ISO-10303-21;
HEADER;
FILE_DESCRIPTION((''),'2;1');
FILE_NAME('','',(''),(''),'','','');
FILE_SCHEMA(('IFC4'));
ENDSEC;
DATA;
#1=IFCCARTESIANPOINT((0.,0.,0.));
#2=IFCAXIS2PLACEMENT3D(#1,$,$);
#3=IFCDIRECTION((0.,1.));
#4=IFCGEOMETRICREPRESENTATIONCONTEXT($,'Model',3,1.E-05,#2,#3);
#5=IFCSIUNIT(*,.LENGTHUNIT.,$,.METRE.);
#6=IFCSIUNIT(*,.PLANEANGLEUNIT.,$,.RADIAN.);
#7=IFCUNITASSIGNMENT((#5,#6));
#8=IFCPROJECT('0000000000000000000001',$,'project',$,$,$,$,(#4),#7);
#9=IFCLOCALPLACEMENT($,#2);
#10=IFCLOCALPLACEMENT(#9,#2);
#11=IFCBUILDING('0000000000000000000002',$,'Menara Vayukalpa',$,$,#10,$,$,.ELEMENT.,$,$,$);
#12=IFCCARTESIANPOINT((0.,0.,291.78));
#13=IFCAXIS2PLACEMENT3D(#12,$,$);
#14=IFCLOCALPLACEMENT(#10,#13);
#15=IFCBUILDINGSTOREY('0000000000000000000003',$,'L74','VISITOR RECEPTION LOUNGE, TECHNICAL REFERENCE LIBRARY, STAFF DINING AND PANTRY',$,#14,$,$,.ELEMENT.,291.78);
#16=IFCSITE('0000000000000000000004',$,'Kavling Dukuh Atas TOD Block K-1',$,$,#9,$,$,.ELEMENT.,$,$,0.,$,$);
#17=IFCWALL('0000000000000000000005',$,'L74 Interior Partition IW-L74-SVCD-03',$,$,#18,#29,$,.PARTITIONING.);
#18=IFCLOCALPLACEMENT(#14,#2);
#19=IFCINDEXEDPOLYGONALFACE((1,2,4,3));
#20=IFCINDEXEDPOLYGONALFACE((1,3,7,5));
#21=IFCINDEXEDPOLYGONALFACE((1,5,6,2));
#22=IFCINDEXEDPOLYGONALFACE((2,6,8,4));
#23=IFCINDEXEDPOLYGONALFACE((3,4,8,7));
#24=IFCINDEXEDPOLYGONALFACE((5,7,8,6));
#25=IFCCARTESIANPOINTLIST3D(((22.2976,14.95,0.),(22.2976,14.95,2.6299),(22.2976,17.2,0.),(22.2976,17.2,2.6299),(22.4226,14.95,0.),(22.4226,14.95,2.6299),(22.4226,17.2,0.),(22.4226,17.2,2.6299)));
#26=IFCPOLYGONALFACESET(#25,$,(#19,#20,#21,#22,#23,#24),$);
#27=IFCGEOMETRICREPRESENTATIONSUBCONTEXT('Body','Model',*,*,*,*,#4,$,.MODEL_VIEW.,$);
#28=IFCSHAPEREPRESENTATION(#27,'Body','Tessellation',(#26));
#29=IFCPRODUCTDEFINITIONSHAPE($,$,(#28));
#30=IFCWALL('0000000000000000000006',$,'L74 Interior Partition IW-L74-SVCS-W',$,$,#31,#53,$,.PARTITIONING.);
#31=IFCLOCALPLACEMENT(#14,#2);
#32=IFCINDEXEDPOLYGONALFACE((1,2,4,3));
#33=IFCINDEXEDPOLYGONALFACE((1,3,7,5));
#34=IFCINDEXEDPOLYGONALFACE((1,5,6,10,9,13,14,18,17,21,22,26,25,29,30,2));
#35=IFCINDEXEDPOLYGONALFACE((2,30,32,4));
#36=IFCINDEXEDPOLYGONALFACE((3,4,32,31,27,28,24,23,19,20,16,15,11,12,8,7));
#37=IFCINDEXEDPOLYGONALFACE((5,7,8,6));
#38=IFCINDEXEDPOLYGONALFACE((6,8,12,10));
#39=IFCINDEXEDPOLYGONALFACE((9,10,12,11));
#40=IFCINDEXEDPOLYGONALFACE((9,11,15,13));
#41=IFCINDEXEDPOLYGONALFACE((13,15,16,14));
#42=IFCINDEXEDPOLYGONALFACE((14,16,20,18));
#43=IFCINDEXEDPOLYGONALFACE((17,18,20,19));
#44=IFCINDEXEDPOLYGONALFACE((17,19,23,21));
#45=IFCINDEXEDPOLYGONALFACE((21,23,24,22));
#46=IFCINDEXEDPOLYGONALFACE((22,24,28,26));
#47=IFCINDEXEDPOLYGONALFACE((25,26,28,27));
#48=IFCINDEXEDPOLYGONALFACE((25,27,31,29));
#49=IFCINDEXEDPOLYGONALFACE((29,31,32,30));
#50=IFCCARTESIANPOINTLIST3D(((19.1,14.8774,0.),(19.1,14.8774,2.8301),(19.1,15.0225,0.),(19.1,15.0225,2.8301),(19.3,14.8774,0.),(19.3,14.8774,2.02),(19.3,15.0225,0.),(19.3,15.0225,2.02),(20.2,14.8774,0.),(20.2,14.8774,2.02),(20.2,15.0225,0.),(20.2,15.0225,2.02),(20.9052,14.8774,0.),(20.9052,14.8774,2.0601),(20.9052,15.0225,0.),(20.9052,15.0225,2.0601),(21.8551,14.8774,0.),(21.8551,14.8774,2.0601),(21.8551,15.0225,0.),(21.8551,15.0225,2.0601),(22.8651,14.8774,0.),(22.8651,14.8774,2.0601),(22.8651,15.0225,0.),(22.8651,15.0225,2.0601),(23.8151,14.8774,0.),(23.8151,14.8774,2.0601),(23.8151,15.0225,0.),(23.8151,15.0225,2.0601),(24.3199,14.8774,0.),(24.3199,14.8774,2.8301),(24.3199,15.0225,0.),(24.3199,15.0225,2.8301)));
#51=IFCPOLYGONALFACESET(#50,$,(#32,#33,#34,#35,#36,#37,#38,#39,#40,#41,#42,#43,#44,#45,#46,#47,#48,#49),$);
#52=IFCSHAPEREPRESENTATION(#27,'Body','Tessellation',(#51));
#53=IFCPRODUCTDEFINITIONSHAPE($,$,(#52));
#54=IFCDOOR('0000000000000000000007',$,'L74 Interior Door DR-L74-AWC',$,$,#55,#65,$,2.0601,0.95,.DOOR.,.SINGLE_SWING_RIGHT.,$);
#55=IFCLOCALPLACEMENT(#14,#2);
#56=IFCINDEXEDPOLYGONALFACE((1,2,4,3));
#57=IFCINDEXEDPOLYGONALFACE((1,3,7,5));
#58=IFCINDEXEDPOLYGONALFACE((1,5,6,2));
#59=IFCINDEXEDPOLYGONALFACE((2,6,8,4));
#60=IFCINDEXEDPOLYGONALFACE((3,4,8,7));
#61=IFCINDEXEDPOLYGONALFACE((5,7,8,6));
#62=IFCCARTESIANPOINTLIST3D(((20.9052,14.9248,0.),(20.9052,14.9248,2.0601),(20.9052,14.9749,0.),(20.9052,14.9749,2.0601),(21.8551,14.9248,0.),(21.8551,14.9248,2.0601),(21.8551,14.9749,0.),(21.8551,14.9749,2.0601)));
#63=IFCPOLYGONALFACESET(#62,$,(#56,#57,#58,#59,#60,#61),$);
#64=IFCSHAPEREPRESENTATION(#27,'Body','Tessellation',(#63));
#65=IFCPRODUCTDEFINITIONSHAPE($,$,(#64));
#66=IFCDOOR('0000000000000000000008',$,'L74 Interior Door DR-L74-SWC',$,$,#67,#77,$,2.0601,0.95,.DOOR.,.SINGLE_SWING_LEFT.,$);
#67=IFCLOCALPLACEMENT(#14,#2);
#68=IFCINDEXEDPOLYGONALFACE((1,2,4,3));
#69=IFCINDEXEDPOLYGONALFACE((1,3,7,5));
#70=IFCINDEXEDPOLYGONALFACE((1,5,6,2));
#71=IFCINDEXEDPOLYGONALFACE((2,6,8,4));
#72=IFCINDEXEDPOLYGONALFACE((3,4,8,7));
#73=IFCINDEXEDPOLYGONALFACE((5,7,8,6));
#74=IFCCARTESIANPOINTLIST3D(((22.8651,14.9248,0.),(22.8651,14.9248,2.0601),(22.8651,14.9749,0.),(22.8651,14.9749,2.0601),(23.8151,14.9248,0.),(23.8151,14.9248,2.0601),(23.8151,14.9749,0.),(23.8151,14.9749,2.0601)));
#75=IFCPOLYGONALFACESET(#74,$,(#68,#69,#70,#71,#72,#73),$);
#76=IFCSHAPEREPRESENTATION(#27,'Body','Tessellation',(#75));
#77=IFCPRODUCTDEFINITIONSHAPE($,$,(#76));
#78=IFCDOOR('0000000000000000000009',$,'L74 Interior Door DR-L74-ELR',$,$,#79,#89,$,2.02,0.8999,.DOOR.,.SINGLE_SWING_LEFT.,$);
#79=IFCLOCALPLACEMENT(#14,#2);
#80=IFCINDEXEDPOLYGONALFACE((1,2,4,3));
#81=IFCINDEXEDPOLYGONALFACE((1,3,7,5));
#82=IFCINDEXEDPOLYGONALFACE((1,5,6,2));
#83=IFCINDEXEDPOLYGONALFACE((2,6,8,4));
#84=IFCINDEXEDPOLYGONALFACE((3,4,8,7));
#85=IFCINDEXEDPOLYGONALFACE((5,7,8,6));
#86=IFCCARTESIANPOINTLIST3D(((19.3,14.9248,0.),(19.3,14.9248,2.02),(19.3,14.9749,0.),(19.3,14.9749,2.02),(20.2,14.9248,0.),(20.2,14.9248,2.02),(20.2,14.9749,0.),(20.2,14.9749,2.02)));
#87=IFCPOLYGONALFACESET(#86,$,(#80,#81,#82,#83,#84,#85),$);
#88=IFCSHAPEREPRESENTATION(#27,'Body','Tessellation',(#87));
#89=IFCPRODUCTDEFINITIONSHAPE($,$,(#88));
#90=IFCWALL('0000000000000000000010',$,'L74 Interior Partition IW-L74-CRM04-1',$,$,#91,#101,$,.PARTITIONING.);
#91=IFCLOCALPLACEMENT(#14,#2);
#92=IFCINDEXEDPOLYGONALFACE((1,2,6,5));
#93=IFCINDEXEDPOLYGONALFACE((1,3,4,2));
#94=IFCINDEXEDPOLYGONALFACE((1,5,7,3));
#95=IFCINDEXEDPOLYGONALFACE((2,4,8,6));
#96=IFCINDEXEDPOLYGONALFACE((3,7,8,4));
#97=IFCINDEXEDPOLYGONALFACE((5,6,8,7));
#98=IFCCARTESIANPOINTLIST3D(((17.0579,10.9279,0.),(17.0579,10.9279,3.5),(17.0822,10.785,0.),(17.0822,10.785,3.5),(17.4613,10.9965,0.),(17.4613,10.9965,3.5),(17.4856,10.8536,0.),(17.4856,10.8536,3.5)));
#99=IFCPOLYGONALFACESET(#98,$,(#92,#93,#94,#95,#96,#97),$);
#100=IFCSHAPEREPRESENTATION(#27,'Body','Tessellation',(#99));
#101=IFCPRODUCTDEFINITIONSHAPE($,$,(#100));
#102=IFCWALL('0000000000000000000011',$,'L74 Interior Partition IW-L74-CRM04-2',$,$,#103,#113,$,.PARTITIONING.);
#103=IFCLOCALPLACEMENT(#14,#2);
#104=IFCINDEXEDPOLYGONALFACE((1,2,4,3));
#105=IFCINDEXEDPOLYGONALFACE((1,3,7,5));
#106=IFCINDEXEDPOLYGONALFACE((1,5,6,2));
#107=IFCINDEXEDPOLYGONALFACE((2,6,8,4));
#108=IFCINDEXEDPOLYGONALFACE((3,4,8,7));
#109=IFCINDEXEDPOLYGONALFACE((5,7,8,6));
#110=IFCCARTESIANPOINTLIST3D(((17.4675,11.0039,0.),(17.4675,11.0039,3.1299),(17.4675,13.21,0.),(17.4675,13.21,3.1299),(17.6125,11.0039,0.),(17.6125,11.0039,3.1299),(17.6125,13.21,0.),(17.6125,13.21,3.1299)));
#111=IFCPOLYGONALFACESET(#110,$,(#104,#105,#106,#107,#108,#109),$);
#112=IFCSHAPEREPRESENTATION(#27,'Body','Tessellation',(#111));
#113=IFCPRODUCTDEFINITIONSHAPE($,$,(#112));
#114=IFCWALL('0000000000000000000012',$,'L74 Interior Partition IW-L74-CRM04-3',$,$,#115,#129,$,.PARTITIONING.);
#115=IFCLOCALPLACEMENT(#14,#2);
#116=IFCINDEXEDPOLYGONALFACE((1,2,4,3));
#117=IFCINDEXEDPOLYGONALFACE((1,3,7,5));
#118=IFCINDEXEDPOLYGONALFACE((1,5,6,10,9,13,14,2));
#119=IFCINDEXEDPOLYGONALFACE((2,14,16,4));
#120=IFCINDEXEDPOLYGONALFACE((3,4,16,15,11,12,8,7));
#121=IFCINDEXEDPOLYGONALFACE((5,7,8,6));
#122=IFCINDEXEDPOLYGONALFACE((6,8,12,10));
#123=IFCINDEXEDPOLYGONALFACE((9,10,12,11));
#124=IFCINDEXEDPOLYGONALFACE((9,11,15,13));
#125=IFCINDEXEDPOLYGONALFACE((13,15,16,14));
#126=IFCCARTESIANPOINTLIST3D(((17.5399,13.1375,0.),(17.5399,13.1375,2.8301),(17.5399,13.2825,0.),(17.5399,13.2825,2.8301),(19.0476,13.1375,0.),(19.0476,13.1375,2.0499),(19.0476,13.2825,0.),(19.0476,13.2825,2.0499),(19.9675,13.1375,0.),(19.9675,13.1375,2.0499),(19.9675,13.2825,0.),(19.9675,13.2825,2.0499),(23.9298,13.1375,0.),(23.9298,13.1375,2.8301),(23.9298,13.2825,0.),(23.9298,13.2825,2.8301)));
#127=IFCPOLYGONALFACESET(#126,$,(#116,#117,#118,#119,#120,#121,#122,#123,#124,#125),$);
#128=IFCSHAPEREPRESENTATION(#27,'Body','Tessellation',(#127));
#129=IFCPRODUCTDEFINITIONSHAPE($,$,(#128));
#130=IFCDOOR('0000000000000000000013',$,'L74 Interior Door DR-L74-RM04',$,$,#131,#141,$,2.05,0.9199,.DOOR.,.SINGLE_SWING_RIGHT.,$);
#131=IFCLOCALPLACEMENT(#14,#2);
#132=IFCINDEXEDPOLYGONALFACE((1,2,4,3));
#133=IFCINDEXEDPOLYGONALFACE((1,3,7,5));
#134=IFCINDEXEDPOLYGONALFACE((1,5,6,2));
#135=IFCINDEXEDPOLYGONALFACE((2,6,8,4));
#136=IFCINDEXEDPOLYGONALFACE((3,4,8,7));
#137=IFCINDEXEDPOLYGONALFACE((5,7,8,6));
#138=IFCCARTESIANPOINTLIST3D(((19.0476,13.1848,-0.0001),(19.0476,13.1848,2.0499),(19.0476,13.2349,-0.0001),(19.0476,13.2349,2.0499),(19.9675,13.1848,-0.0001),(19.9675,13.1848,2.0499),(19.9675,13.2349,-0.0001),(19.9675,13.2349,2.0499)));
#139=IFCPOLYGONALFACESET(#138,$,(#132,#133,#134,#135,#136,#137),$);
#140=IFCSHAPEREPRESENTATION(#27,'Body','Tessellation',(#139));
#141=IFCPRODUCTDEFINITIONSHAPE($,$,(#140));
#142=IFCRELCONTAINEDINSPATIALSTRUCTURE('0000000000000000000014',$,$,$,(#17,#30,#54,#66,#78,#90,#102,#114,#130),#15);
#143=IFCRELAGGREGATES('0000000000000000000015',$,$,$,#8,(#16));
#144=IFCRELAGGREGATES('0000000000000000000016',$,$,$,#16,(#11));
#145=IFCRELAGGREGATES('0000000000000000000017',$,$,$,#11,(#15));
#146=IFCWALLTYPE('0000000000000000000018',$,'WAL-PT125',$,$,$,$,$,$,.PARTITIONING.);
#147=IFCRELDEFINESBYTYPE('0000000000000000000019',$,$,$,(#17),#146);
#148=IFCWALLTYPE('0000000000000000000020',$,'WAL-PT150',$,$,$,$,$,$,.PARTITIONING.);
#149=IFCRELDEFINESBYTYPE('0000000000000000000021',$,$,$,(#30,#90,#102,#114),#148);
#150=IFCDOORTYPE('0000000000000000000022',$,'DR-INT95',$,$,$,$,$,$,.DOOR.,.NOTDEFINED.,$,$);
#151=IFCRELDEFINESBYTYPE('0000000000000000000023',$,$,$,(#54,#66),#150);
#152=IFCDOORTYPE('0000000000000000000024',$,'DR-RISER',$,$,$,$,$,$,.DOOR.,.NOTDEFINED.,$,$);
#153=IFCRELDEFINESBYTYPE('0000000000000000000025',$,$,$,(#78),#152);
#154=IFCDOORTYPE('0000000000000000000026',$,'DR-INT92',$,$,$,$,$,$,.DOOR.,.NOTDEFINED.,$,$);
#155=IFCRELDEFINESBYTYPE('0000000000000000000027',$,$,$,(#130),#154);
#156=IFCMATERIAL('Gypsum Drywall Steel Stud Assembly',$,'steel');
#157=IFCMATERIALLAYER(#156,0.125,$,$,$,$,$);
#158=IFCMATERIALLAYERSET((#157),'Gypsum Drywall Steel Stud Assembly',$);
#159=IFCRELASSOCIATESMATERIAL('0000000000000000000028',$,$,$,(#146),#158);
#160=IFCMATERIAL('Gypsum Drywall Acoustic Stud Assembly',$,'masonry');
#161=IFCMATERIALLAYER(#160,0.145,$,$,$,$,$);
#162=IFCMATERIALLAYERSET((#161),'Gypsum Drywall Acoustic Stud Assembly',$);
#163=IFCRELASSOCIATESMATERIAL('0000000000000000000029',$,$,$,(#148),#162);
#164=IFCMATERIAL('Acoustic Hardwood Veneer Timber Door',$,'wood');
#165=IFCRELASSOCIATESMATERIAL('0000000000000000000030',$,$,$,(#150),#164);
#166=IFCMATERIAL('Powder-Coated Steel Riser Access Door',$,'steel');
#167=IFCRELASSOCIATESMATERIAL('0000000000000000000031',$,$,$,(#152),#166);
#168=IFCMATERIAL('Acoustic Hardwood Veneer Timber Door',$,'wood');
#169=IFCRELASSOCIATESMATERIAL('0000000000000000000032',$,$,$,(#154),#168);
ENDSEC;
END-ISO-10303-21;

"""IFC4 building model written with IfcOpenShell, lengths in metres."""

from ifc_helpers import new_model, si_unit, direction, frame, frame_2d, origin, place, context, subcontext, project, spatial, rectangle, extrude, material, layer, layer_set, type_object, element, fill, save


model = new_model("IFC4")

# Units and contexts
model_context = context("Model", 3, precision=1e-05, world=origin(), true_north=direction((0.0, 1.0)))
body_context = subcontext(model_context, "Body", "Model", "MODEL_VIEW")
ifc_project = project(units=[si_unit("LENGTHUNIT", "METRE"), si_unit("PLANEANGLEUNIT", "RADIAN")], contexts=[model_context])

# Site, building, storey
site_placement = place(None, origin())
site = spatial("IfcSite", under=ifc_project, at=site_placement, Name="Kavling Dukuh Atas TOD Block K-1", CompositionType="ELEMENT", RefElevation=0.0)
building_placement = place(site_placement, origin())
building = spatial("IfcBuilding", under=site, at=building_placement, Name="Menara Vayukalpa", CompositionType="ELEMENT")
storey_placement = place(building_placement, frame((0.0, 0.0, 291.78)))
storey = spatial("IfcBuildingStorey", under=building, at=storey_placement, Name="L74", Description="VISITOR RECEPTION LOUNGE, TECHNICAL REFERENCE LIBRARY, STAFF DINING AND PANTRY", CompositionType="ELEMENT", Elevation=291.78)

# Wall
ifc_material_1 = material(Name="Gypsum Drywall Steel Stud Assembly", Category="steel")
ifc_layer_1 = layer(ifc_material_1, 0.125)
ifc_layer_set_1 = layer_set([ifc_layer_1], Name="Gypsum Drywall Steel Stud Assembly")
wall_type_1 = type_object("IfcWallType", Name="WAL-PT125", PredefinedType="PARTITIONING", material=ifc_layer_set_1)
for number, where, z_axis, x_axis, name in (
    (1, (22.3601, 14.95, 0.0), (0.0, 0.0, 1.0), (0.0, 1.0, 0.0), "L74 Interior Partition IW-L74-SVCD-03"),
):
    element("IfcWall", number, at=place(storey_placement, frame(where, z_axis=z_axis, x_axis=x_axis)), inside=storey, type_object=wall_type_1, Name=name, PredefinedType="PARTITIONING", context=body_context, shape_type="SweptSolid", body=[
        extrude(rectangle(XDim=2.25, YDim=0.125, at=frame_2d((1.125, 0.0))), origin(), (0.0, 0.0, 1.0), 2.6299),
    ])

# Wall, openings, doors
ifc_material_2 = material(Name="Gypsum Drywall Acoustic Stud Assembly", Category="masonry")
ifc_layer_2 = layer(ifc_material_2, 0.145)
ifc_layer_set_2 = layer_set([ifc_layer_2], Name="Gypsum Drywall Acoustic Stud Assembly")
wall_type_2 = type_object("IfcWallType", Name="WAL-PT150", PredefinedType="PARTITIONING", material=ifc_layer_set_2)
wall_1_placement = place(storey_placement, frame((19.1001, 14.95, 0.0), z_axis=(0.0, 0.0, 1.0), x_axis=(1.0, 0.0, 0.0)))
wall_1 = element("IfcWall", 2, at=wall_1_placement, inside=storey, type_object=wall_type_2, Name="L74 Interior Partition IW-L74-SVCS-W", PredefinedType="PARTITIONING", context=body_context, shape_type="SweptSolid", body=[
    extrude(rectangle(XDim=5.22, YDim=0.145, at=frame_2d((2.6099, 0.0))), origin(), (0.0, 0.0, 1.0), 2.8301),
])
opening_1_placement = place(wall_1_placement, frame((0.2, 0.0, 0.0)))
opening_1 = element("IfcOpeningElement", 3, at=opening_1_placement, cuts=wall_1, PredefinedType="OPENING", context=body_context, shape_type="SweptSolid", body=[
    extrude(rectangle(XDim=0.8999, YDim=2.02, at=frame_2d((0.45, 1.01))), frame((0.0, 0.0825, 0.0), z_axis=(0.0, -1.0, 0.0), x_axis=(1.0, 0.0, 0.0)), (0.0, 0.0, 1.0), 0.165),
])
opening_2_placement = place(wall_1_placement, frame((1.8049, 0.0, 0.0)))
opening_2 = element("IfcOpeningElement", 4, at=opening_2_placement, cuts=wall_1, PredefinedType="OPENING", context=body_context, shape_type="SweptSolid", body=[
    extrude(rectangle(XDim=0.95, YDim=2.0601, at=frame_2d((0.4751, 1.03))), frame((0.0, 0.0825, 0.0), z_axis=(0.0, -1.0, 0.0), x_axis=(1.0, 0.0, 0.0)), (0.0, 0.0, 1.0), 0.165),
])
opening_3_placement = place(wall_1_placement, frame((3.7649, 0.0, 0.0)))
opening_3 = element("IfcOpeningElement", 5, at=opening_3_placement, cuts=wall_1, PredefinedType="OPENING", context=body_context, shape_type="SweptSolid", body=[
    extrude(rectangle(XDim=0.95, YDim=2.0601, at=frame_2d((0.4751, 1.03))), frame((0.0, 0.0825, 0.0), z_axis=(0.0, -1.0, 0.0), x_axis=(1.0, 0.0, 0.0)), (0.0, 0.0, 1.0), 0.165),
])
ifc_material_3 = material(Name="Acoustic Hardwood Veneer Timber Door", Category="wood")
door_type_1 = type_object("IfcDoorType", Name="DR-INT95", OperationType="NOTDEFINED", PredefinedType="DOOR", material=ifc_material_3)
door_1_placement = place(opening_2_placement, origin())
door_1 = element("IfcDoor", 6, at=door_1_placement, inside=storey, type_object=door_type_1, Name="L74 Interior Door DR-L74-AWC", OperationType="SINGLE_SWING_RIGHT", OverallHeight=2.0601, OverallWidth=0.95, PredefinedType="DOOR", context=body_context, shape_type="SweptSolid", body=[
    extrude(rectangle(XDim=0.95, YDim=2.0601, at=frame_2d((0.4751, 1.03))), frame((0.0, 0.0249, 0.0), z_axis=(0.0, -1.0, 0.0), x_axis=(1.0, 0.0, 0.0)), (0.0, 0.0, 1.0), 0.05),
])
fill(opening_2, door_1)
door_2_placement = place(opening_3_placement, origin())
door_2 = element("IfcDoor", 7, at=door_2_placement, inside=storey, type_object=door_type_1, Name="L74 Interior Door DR-L74-SWC", OperationType="SINGLE_SWING_LEFT", OverallHeight=2.0601, OverallWidth=0.95, PredefinedType="DOOR", context=body_context, shape_type="SweptSolid", body=[
    extrude(rectangle(XDim=0.95, YDim=2.0601, at=frame_2d((0.4751, 1.03))), frame((0.0, 0.0249, 0.0), z_axis=(0.0, -1.0, 0.0), x_axis=(1.0, 0.0, 0.0)), (0.0, 0.0, 1.0), 0.05),
])
fill(opening_3, door_2)
ifc_material_4 = material(Name="Powder-Coated Steel Riser Access Door", Category="steel")
door_type_2 = type_object("IfcDoorType", Name="DR-RISER", OperationType="NOTDEFINED", PredefinedType="DOOR", material=ifc_material_4)
door_3_placement = place(opening_1_placement, origin())
door_3 = element("IfcDoor", 8, at=door_3_placement, inside=storey, type_object=door_type_2, Name="L74 Interior Door DR-L74-ELR", OperationType="SINGLE_SWING_LEFT", OverallHeight=2.02, OverallWidth=0.8999, PredefinedType="DOOR", context=body_context, shape_type="SweptSolid", body=[
    extrude(rectangle(XDim=0.8999, YDim=2.02, at=frame_2d((0.45, 1.01))), frame((0.0, 0.0249, 0.0), z_axis=(0.0, -1.0, 0.0), x_axis=(1.0, 0.0, 0.0)), (0.0, 0.0, 1.0), 0.05),
])
fill(opening_1, door_3)

# Walls
wall_2_placement = place(storey_placement, frame((17.0701, 10.8564, 0.0), z_axis=(0.0, 0.0, 1.0), x_axis=(0.98584, 0.167688, 0.0)))
element("IfcWall", 9, at=wall_2_placement, inside=storey, type_object=wall_type_2, Name="L74 Interior Partition IW-L74-CRM04-1", PredefinedType="PARTITIONING", context=body_context, shape_type="SweptSolid", body=[
    extrude(rectangle(XDim=0.4092, YDim=0.145, at=frame_2d((0.2046, 0.0))), origin(), (0.0, 0.0, 1.0), 3.5),
])
wall_3_placement = place(storey_placement, frame((17.54, 11.0039, 0.0), z_axis=(0.0, 0.0, 1.0), x_axis=(0.0, 1.0, 0.0)))
element("IfcWall", 10, at=wall_3_placement, inside=storey, type_object=wall_type_2, Name="L74 Interior Partition IW-L74-CRM04-2", PredefinedType="PARTITIONING", context=body_context, shape_type="SweptSolid", body=[
    extrude(rectangle(XDim=2.2061, YDim=0.145, at=frame_2d((1.103, 0.0))), origin(), (0.0, 0.0, 1.0), 3.1299),
])

# Wall, opening, door
wall_4_placement = place(storey_placement, frame((17.54, 13.21, 0.0), z_axis=(0.0, 0.0, 1.0), x_axis=(1.0, 0.0, 0.0)))
wall_4 = element("IfcWall", 11, at=wall_4_placement, inside=storey, type_object=wall_type_2, Name="L74 Interior Partition IW-L74-CRM04-3", PredefinedType="PARTITIONING", context=body_context, shape_type="SweptSolid", body=[
    extrude(rectangle(XDim=6.3899, YDim=0.145, at=frame_2d((3.1948, 0.0))), origin(), (0.0, 0.0, 1.0), 2.8301),
])
opening_4_placement = place(wall_4_placement, frame((1.5076, 0.0, 0.0)))
opening_4 = element("IfcOpeningElement", 12, at=opening_4_placement, cuts=wall_4, PredefinedType="OPENING", context=body_context, shape_type="SweptSolid", body=[
    extrude(rectangle(XDim=0.9199, YDim=2.05, at=frame_2d((0.46, 1.0249))), frame((0.0, 0.0825, 0.0), z_axis=(0.0, -1.0, 0.0), x_axis=(1.0, 0.0, 0.0)), (0.0, 0.0, 1.0), 0.165),
])
ifc_material_5 = material(Name="Acoustic Hardwood Veneer Timber Door", Category="wood")
door_type_3 = type_object("IfcDoorType", Name="DR-INT92", OperationType="NOTDEFINED", PredefinedType="DOOR", material=ifc_material_5)
door_4_placement = place(opening_4_placement, origin())
door_4 = element("IfcDoor", 13, at=door_4_placement, inside=storey, type_object=door_type_3, Name="L74 Interior Door DR-L74-RM04", OperationType="SINGLE_SWING_RIGHT", OverallHeight=2.05, OverallWidth=0.9199, PredefinedType="DOOR", context=body_context, shape_type="SweptSolid", body=[
    extrude(rectangle(XDim=0.9199, YDim=2.05, at=frame_2d((0.46, 1.0249))), frame((0.0, 0.0249, 0.0), z_axis=(0.0, -1.0, 0.0), x_axis=(1.0, 0.0, 0.0)), (0.0, 0.0, 1.0), 0.05),
])
fill(opening_4, door_4)

save(model, "model.ifc")
